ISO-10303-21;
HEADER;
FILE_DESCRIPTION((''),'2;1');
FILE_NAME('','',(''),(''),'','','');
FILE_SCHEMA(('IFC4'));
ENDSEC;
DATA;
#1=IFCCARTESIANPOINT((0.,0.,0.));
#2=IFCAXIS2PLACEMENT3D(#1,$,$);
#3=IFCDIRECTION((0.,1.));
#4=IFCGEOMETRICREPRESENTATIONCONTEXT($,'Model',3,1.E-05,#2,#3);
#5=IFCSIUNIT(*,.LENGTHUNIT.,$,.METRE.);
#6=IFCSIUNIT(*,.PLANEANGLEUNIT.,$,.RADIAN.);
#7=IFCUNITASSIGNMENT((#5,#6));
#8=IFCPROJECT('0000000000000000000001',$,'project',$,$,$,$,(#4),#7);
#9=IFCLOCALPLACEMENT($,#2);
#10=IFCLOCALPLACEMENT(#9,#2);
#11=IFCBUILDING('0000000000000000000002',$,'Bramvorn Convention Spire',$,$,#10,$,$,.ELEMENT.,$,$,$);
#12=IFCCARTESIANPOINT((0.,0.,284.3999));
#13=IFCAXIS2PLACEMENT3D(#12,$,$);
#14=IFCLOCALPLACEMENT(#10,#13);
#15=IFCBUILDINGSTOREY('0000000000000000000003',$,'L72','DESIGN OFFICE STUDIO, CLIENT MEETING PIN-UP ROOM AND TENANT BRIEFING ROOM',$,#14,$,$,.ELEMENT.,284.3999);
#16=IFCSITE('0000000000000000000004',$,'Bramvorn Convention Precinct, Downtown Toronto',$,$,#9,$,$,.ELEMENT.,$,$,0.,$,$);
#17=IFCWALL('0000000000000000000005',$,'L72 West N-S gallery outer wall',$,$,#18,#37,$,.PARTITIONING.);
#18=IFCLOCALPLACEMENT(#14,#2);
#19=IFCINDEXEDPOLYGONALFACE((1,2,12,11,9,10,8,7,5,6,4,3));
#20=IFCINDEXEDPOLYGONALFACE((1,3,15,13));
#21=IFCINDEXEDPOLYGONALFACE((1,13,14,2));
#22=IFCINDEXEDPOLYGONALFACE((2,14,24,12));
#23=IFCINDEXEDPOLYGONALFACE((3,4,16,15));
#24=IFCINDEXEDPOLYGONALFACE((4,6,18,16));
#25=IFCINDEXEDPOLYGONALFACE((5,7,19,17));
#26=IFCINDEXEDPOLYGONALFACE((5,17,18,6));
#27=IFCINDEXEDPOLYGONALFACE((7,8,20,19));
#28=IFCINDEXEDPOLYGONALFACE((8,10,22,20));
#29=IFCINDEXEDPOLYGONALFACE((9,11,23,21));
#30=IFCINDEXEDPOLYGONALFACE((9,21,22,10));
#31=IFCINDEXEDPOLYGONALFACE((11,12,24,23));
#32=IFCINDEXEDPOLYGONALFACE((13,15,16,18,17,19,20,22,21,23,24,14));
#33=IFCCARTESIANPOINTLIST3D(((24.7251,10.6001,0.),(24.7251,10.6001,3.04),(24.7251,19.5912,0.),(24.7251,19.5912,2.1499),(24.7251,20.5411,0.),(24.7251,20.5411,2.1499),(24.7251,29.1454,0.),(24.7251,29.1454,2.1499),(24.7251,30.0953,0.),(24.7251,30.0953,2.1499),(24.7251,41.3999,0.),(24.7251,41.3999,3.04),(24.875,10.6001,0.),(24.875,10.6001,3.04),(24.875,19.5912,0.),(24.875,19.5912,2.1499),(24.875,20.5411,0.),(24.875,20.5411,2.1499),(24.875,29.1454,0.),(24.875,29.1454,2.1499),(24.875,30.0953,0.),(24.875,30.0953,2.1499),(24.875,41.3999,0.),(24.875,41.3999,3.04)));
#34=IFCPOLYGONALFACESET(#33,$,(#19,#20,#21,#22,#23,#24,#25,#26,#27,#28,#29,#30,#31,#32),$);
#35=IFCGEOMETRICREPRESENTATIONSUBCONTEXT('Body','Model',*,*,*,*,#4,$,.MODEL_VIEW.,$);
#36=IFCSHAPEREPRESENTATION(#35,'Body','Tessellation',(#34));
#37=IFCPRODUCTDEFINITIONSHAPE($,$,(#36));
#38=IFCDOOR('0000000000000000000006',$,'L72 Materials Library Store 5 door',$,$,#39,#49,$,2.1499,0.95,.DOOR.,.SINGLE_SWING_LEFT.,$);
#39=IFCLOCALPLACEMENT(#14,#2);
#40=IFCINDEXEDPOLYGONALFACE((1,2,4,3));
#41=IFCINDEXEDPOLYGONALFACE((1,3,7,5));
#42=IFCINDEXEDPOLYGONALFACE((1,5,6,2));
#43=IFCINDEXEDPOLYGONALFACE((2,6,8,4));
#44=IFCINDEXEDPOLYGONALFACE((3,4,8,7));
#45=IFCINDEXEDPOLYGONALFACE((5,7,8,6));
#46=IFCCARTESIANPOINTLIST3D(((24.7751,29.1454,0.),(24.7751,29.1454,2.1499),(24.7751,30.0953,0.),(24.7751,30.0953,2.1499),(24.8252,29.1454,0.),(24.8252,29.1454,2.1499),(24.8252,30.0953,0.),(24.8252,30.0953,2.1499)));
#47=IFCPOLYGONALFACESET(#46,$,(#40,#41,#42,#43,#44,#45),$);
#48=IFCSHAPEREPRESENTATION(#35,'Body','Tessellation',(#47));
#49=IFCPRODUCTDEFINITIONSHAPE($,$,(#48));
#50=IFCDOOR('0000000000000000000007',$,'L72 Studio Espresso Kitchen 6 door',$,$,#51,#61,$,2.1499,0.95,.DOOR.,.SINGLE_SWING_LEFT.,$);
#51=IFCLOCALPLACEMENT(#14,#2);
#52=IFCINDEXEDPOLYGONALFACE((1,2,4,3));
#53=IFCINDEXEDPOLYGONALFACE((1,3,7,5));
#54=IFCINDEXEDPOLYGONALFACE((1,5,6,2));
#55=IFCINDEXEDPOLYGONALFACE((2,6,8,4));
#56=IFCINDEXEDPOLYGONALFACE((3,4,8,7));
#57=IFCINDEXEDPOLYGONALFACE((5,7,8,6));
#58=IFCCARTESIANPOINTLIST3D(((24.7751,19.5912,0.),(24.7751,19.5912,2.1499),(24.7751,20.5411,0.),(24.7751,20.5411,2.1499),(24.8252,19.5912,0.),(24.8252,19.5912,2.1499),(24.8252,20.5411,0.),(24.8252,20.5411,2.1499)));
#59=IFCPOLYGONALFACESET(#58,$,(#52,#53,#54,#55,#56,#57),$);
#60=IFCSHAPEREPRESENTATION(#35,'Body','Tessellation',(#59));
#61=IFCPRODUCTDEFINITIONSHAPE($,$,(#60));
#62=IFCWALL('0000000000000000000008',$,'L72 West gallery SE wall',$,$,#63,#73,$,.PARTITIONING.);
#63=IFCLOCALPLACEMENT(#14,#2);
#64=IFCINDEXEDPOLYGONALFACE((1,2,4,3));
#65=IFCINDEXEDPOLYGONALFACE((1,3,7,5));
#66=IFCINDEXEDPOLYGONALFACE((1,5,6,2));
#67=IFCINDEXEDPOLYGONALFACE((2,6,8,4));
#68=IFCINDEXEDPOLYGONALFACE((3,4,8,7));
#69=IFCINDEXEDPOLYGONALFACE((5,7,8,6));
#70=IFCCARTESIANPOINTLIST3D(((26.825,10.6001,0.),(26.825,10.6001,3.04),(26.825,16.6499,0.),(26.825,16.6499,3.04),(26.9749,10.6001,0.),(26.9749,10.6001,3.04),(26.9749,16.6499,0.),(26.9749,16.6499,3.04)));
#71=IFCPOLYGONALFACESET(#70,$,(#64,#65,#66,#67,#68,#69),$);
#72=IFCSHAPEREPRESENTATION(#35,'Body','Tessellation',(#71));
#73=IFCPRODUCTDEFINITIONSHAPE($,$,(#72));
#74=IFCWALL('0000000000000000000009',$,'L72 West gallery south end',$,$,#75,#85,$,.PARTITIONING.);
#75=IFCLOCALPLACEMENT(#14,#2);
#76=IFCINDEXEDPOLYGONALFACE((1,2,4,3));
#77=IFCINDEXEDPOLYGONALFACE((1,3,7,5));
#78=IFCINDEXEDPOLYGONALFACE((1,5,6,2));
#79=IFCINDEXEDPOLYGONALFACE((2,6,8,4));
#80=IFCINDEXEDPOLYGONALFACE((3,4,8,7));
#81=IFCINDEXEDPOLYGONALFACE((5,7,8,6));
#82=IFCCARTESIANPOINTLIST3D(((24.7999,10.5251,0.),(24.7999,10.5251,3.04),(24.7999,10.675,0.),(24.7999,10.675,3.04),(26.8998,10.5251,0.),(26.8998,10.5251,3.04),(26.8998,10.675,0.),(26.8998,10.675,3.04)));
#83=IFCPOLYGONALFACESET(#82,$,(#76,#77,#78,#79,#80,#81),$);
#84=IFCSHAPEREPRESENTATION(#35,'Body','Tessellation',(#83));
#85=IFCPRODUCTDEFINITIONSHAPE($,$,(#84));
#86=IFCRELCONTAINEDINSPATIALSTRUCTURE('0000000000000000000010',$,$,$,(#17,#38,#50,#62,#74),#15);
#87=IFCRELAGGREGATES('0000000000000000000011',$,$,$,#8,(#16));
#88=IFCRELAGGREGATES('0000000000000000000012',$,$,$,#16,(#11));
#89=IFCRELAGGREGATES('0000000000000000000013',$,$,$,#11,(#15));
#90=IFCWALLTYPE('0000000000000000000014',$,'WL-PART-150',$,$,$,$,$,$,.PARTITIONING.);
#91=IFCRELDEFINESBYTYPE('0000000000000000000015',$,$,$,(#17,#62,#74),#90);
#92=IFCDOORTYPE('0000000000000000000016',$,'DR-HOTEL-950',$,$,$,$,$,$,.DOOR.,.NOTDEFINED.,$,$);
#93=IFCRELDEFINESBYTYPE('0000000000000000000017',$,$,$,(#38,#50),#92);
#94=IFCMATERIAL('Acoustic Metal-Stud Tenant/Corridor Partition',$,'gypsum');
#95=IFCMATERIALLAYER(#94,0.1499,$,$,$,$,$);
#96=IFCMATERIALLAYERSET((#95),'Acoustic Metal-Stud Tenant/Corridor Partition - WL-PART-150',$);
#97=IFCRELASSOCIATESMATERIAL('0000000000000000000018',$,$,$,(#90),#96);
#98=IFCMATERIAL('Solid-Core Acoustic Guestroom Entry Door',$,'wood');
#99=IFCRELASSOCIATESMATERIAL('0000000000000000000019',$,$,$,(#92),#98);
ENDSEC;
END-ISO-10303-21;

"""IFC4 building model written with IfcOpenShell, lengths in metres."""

from ifc_helpers import new_model, si_unit, direction, frame, frame_2d, origin, place, context, subcontext, project, spatial, rectangle, extrude, material, layer, layer_set, type_object, element, fill, save


model = new_model("IFC4")

# Units and contexts
model_context = context("Model", 3, precision=1e-05, world=origin(), true_north=direction((0.0, 1.0)))
body_context = subcontext(model_context, "Body", "Model", "MODEL_VIEW")
ifc_project = project(units=[si_unit("LENGTHUNIT", "METRE"), si_unit("PLANEANGLEUNIT", "RADIAN")], contexts=[model_context])

# Site, building, storey
site_placement = place(None, origin())
site = spatial("IfcSite", under=ifc_project, at=site_placement, Name="Bramvorn Convention Precinct, Downtown Toronto", CompositionType="ELEMENT", RefElevation=0.0)
building_placement = place(site_placement, origin())
building = spatial("IfcBuilding", under=site, at=building_placement, Name="Bramvorn Convention Spire", CompositionType="ELEMENT")
storey_placement = place(building_placement, frame((0.0, 0.0, 284.3999)))
storey = spatial("IfcBuildingStorey", under=building, at=storey_placement, Name="L72", Description="DESIGN OFFICE STUDIO, CLIENT MEETING PIN-UP ROOM AND TENANT BRIEFING ROOM", CompositionType="ELEMENT", Elevation=284.3999)

# Wall, openings, doors
ifc_material_1 = material(Name="Acoustic Metal-Stud Tenant/Corridor Partition", Category="gypsum")
ifc_layer_1 = layer(ifc_material_1, 0.1499)
ifc_layer_set_1 = layer_set([ifc_layer_1], Name="Acoustic Metal-Stud Tenant/Corridor Partition - WL-PART-150")
wall_type_1 = type_object("IfcWallType", Name="WL-PART-150", PredefinedType="PARTITIONING", material=ifc_layer_set_1)
ifc_material_2 = material(Name="Solid-Core Acoustic Guestroom Entry Door", Category="wood")
door_type_1 = type_object("IfcDoorType", Name="DR-HOTEL-950", OperationType="NOTDEFINED", PredefinedType="DOOR", material=ifc_material_2)
wall_1_placement = place(storey_placement, frame((24.8, 10.6001, 0.0), z_axis=(0.0, 0.0, 1.0), x_axis=(0.0, 1.0, 0.0)))
wall_1 = element("IfcWall", 1, at=wall_1_placement, inside=storey, type_object=wall_type_1, Name="L72 West N-S gallery outer wall", PredefinedType="PARTITIONING", context=body_context, shape_type="SweptSolid", body=[
    extrude(rectangle(XDim=30.7998, YDim=0.1499, at=frame_2d((15.3999, 0.0))), origin(), (0.0, 0.0, 1.0), 3.04),
])
opening_1_placement = place(wall_1_placement, frame((18.5452, 0.0, 0.0)))
opening_1 = element("IfcOpeningElement", 2, at=opening_1_placement, cuts=wall_1, PredefinedType="OPENING", context=body_context, shape_type="SweptSolid", body=[
    extrude(rectangle(XDim=0.95, YDim=2.1499, at=frame_2d((0.4751, 1.075))), frame((0.0, 0.085, 0.0), z_axis=(0.0, -1.0, 0.0), x_axis=(1.0, 0.0, 0.0)), (0.0, 0.0, 1.0), 0.1699),
])
opening_2_placement = place(wall_1_placement, frame((8.991, 0.0, 0.0)))
opening_2 = element("IfcOpeningElement", 3, at=opening_2_placement, cuts=wall_1, PredefinedType="OPENING", context=body_context, shape_type="SweptSolid", body=[
    extrude(rectangle(XDim=0.95, YDim=2.1499, at=frame_2d((0.4751, 1.075))), frame((0.0, 0.085, 0.0), z_axis=(0.0, -1.0, 0.0), x_axis=(1.0, 0.0, 0.0)), (0.0, 0.0, 1.0), 0.1699),
])
door_1_placement = place(opening_1_placement, origin())
door_1 = element("IfcDoor", 4, at=door_1_placement, inside=storey, type_object=door_type_1, Name="L72 Materials Library Store 5 door", OperationType="SINGLE_SWING_LEFT", OverallHeight=2.1499, OverallWidth=0.95, PredefinedType="DOOR", context=body_context, shape_type="SweptSolid", body=[
    extrude(rectangle(XDim=0.95, YDim=2.1499, at=frame_2d((0.4751, 1.075))), frame((0.0, 0.0249, 0.0), z_axis=(0.0, -1.0, 0.0), x_axis=(1.0, 0.0, 0.0)), (0.0, 0.0, 1.0), 0.05),
])
fill(opening_1, door_1)
door_2_placement = place(opening_2_placement, origin())
door_2 = element("IfcDoor", 5, at=door_2_placement, inside=storey, type_object=door_type_1, Name="L72 Studio Espresso Kitchen 6 door", OperationType="SINGLE_SWING_LEFT", OverallHeight=2.1499, OverallWidth=0.95, PredefinedType="DOOR", context=body_context, shape_type="SweptSolid", body=[
    extrude(rectangle(XDim=0.95, YDim=2.1499, at=frame_2d((0.4751, 1.075))), frame((0.0, 0.0249, 0.0), z_axis=(0.0, -1.0, 0.0), x_axis=(1.0, 0.0, 0.0)), (0.0, 0.0, 1.0), 0.05),
])
fill(opening_2, door_2)

# Walls
wall_2_placement = place(storey_placement, frame((26.8999, 10.6001, 0.0), z_axis=(0.0, 0.0, 1.0), x_axis=(0.0, 1.0, 0.0)))
element("IfcWall", 6, at=wall_2_placement, inside=storey, type_object=wall_type_1, Name="L72 West gallery SE wall", PredefinedType="PARTITIONING", context=body_context, shape_type="SweptSolid", body=[
    extrude(rectangle(XDim=6.0498, YDim=0.1499, at=frame_2d((3.0249, 0.0))), origin(), (0.0, 0.0, 1.0), 3.04),
])
wall_3_placement = place(storey_placement, frame((24.8, 10.6001, 0.0), z_axis=(0.0, 0.0, 1.0), x_axis=(1.0, 0.0, 0.0)))
element("IfcWall", 7, at=wall_3_placement, inside=storey, type_object=wall_type_1, Name="L72 West gallery south end", PredefinedType="PARTITIONING", context=body_context, shape_type="SweptSolid", body=[
    extrude(rectangle(XDim=2.0999, YDim=0.1499, at=frame_2d((1.0498, 0.0))), origin(), (0.0, 0.0, 1.0), 3.04),
])

save(model, "model.ifc")
